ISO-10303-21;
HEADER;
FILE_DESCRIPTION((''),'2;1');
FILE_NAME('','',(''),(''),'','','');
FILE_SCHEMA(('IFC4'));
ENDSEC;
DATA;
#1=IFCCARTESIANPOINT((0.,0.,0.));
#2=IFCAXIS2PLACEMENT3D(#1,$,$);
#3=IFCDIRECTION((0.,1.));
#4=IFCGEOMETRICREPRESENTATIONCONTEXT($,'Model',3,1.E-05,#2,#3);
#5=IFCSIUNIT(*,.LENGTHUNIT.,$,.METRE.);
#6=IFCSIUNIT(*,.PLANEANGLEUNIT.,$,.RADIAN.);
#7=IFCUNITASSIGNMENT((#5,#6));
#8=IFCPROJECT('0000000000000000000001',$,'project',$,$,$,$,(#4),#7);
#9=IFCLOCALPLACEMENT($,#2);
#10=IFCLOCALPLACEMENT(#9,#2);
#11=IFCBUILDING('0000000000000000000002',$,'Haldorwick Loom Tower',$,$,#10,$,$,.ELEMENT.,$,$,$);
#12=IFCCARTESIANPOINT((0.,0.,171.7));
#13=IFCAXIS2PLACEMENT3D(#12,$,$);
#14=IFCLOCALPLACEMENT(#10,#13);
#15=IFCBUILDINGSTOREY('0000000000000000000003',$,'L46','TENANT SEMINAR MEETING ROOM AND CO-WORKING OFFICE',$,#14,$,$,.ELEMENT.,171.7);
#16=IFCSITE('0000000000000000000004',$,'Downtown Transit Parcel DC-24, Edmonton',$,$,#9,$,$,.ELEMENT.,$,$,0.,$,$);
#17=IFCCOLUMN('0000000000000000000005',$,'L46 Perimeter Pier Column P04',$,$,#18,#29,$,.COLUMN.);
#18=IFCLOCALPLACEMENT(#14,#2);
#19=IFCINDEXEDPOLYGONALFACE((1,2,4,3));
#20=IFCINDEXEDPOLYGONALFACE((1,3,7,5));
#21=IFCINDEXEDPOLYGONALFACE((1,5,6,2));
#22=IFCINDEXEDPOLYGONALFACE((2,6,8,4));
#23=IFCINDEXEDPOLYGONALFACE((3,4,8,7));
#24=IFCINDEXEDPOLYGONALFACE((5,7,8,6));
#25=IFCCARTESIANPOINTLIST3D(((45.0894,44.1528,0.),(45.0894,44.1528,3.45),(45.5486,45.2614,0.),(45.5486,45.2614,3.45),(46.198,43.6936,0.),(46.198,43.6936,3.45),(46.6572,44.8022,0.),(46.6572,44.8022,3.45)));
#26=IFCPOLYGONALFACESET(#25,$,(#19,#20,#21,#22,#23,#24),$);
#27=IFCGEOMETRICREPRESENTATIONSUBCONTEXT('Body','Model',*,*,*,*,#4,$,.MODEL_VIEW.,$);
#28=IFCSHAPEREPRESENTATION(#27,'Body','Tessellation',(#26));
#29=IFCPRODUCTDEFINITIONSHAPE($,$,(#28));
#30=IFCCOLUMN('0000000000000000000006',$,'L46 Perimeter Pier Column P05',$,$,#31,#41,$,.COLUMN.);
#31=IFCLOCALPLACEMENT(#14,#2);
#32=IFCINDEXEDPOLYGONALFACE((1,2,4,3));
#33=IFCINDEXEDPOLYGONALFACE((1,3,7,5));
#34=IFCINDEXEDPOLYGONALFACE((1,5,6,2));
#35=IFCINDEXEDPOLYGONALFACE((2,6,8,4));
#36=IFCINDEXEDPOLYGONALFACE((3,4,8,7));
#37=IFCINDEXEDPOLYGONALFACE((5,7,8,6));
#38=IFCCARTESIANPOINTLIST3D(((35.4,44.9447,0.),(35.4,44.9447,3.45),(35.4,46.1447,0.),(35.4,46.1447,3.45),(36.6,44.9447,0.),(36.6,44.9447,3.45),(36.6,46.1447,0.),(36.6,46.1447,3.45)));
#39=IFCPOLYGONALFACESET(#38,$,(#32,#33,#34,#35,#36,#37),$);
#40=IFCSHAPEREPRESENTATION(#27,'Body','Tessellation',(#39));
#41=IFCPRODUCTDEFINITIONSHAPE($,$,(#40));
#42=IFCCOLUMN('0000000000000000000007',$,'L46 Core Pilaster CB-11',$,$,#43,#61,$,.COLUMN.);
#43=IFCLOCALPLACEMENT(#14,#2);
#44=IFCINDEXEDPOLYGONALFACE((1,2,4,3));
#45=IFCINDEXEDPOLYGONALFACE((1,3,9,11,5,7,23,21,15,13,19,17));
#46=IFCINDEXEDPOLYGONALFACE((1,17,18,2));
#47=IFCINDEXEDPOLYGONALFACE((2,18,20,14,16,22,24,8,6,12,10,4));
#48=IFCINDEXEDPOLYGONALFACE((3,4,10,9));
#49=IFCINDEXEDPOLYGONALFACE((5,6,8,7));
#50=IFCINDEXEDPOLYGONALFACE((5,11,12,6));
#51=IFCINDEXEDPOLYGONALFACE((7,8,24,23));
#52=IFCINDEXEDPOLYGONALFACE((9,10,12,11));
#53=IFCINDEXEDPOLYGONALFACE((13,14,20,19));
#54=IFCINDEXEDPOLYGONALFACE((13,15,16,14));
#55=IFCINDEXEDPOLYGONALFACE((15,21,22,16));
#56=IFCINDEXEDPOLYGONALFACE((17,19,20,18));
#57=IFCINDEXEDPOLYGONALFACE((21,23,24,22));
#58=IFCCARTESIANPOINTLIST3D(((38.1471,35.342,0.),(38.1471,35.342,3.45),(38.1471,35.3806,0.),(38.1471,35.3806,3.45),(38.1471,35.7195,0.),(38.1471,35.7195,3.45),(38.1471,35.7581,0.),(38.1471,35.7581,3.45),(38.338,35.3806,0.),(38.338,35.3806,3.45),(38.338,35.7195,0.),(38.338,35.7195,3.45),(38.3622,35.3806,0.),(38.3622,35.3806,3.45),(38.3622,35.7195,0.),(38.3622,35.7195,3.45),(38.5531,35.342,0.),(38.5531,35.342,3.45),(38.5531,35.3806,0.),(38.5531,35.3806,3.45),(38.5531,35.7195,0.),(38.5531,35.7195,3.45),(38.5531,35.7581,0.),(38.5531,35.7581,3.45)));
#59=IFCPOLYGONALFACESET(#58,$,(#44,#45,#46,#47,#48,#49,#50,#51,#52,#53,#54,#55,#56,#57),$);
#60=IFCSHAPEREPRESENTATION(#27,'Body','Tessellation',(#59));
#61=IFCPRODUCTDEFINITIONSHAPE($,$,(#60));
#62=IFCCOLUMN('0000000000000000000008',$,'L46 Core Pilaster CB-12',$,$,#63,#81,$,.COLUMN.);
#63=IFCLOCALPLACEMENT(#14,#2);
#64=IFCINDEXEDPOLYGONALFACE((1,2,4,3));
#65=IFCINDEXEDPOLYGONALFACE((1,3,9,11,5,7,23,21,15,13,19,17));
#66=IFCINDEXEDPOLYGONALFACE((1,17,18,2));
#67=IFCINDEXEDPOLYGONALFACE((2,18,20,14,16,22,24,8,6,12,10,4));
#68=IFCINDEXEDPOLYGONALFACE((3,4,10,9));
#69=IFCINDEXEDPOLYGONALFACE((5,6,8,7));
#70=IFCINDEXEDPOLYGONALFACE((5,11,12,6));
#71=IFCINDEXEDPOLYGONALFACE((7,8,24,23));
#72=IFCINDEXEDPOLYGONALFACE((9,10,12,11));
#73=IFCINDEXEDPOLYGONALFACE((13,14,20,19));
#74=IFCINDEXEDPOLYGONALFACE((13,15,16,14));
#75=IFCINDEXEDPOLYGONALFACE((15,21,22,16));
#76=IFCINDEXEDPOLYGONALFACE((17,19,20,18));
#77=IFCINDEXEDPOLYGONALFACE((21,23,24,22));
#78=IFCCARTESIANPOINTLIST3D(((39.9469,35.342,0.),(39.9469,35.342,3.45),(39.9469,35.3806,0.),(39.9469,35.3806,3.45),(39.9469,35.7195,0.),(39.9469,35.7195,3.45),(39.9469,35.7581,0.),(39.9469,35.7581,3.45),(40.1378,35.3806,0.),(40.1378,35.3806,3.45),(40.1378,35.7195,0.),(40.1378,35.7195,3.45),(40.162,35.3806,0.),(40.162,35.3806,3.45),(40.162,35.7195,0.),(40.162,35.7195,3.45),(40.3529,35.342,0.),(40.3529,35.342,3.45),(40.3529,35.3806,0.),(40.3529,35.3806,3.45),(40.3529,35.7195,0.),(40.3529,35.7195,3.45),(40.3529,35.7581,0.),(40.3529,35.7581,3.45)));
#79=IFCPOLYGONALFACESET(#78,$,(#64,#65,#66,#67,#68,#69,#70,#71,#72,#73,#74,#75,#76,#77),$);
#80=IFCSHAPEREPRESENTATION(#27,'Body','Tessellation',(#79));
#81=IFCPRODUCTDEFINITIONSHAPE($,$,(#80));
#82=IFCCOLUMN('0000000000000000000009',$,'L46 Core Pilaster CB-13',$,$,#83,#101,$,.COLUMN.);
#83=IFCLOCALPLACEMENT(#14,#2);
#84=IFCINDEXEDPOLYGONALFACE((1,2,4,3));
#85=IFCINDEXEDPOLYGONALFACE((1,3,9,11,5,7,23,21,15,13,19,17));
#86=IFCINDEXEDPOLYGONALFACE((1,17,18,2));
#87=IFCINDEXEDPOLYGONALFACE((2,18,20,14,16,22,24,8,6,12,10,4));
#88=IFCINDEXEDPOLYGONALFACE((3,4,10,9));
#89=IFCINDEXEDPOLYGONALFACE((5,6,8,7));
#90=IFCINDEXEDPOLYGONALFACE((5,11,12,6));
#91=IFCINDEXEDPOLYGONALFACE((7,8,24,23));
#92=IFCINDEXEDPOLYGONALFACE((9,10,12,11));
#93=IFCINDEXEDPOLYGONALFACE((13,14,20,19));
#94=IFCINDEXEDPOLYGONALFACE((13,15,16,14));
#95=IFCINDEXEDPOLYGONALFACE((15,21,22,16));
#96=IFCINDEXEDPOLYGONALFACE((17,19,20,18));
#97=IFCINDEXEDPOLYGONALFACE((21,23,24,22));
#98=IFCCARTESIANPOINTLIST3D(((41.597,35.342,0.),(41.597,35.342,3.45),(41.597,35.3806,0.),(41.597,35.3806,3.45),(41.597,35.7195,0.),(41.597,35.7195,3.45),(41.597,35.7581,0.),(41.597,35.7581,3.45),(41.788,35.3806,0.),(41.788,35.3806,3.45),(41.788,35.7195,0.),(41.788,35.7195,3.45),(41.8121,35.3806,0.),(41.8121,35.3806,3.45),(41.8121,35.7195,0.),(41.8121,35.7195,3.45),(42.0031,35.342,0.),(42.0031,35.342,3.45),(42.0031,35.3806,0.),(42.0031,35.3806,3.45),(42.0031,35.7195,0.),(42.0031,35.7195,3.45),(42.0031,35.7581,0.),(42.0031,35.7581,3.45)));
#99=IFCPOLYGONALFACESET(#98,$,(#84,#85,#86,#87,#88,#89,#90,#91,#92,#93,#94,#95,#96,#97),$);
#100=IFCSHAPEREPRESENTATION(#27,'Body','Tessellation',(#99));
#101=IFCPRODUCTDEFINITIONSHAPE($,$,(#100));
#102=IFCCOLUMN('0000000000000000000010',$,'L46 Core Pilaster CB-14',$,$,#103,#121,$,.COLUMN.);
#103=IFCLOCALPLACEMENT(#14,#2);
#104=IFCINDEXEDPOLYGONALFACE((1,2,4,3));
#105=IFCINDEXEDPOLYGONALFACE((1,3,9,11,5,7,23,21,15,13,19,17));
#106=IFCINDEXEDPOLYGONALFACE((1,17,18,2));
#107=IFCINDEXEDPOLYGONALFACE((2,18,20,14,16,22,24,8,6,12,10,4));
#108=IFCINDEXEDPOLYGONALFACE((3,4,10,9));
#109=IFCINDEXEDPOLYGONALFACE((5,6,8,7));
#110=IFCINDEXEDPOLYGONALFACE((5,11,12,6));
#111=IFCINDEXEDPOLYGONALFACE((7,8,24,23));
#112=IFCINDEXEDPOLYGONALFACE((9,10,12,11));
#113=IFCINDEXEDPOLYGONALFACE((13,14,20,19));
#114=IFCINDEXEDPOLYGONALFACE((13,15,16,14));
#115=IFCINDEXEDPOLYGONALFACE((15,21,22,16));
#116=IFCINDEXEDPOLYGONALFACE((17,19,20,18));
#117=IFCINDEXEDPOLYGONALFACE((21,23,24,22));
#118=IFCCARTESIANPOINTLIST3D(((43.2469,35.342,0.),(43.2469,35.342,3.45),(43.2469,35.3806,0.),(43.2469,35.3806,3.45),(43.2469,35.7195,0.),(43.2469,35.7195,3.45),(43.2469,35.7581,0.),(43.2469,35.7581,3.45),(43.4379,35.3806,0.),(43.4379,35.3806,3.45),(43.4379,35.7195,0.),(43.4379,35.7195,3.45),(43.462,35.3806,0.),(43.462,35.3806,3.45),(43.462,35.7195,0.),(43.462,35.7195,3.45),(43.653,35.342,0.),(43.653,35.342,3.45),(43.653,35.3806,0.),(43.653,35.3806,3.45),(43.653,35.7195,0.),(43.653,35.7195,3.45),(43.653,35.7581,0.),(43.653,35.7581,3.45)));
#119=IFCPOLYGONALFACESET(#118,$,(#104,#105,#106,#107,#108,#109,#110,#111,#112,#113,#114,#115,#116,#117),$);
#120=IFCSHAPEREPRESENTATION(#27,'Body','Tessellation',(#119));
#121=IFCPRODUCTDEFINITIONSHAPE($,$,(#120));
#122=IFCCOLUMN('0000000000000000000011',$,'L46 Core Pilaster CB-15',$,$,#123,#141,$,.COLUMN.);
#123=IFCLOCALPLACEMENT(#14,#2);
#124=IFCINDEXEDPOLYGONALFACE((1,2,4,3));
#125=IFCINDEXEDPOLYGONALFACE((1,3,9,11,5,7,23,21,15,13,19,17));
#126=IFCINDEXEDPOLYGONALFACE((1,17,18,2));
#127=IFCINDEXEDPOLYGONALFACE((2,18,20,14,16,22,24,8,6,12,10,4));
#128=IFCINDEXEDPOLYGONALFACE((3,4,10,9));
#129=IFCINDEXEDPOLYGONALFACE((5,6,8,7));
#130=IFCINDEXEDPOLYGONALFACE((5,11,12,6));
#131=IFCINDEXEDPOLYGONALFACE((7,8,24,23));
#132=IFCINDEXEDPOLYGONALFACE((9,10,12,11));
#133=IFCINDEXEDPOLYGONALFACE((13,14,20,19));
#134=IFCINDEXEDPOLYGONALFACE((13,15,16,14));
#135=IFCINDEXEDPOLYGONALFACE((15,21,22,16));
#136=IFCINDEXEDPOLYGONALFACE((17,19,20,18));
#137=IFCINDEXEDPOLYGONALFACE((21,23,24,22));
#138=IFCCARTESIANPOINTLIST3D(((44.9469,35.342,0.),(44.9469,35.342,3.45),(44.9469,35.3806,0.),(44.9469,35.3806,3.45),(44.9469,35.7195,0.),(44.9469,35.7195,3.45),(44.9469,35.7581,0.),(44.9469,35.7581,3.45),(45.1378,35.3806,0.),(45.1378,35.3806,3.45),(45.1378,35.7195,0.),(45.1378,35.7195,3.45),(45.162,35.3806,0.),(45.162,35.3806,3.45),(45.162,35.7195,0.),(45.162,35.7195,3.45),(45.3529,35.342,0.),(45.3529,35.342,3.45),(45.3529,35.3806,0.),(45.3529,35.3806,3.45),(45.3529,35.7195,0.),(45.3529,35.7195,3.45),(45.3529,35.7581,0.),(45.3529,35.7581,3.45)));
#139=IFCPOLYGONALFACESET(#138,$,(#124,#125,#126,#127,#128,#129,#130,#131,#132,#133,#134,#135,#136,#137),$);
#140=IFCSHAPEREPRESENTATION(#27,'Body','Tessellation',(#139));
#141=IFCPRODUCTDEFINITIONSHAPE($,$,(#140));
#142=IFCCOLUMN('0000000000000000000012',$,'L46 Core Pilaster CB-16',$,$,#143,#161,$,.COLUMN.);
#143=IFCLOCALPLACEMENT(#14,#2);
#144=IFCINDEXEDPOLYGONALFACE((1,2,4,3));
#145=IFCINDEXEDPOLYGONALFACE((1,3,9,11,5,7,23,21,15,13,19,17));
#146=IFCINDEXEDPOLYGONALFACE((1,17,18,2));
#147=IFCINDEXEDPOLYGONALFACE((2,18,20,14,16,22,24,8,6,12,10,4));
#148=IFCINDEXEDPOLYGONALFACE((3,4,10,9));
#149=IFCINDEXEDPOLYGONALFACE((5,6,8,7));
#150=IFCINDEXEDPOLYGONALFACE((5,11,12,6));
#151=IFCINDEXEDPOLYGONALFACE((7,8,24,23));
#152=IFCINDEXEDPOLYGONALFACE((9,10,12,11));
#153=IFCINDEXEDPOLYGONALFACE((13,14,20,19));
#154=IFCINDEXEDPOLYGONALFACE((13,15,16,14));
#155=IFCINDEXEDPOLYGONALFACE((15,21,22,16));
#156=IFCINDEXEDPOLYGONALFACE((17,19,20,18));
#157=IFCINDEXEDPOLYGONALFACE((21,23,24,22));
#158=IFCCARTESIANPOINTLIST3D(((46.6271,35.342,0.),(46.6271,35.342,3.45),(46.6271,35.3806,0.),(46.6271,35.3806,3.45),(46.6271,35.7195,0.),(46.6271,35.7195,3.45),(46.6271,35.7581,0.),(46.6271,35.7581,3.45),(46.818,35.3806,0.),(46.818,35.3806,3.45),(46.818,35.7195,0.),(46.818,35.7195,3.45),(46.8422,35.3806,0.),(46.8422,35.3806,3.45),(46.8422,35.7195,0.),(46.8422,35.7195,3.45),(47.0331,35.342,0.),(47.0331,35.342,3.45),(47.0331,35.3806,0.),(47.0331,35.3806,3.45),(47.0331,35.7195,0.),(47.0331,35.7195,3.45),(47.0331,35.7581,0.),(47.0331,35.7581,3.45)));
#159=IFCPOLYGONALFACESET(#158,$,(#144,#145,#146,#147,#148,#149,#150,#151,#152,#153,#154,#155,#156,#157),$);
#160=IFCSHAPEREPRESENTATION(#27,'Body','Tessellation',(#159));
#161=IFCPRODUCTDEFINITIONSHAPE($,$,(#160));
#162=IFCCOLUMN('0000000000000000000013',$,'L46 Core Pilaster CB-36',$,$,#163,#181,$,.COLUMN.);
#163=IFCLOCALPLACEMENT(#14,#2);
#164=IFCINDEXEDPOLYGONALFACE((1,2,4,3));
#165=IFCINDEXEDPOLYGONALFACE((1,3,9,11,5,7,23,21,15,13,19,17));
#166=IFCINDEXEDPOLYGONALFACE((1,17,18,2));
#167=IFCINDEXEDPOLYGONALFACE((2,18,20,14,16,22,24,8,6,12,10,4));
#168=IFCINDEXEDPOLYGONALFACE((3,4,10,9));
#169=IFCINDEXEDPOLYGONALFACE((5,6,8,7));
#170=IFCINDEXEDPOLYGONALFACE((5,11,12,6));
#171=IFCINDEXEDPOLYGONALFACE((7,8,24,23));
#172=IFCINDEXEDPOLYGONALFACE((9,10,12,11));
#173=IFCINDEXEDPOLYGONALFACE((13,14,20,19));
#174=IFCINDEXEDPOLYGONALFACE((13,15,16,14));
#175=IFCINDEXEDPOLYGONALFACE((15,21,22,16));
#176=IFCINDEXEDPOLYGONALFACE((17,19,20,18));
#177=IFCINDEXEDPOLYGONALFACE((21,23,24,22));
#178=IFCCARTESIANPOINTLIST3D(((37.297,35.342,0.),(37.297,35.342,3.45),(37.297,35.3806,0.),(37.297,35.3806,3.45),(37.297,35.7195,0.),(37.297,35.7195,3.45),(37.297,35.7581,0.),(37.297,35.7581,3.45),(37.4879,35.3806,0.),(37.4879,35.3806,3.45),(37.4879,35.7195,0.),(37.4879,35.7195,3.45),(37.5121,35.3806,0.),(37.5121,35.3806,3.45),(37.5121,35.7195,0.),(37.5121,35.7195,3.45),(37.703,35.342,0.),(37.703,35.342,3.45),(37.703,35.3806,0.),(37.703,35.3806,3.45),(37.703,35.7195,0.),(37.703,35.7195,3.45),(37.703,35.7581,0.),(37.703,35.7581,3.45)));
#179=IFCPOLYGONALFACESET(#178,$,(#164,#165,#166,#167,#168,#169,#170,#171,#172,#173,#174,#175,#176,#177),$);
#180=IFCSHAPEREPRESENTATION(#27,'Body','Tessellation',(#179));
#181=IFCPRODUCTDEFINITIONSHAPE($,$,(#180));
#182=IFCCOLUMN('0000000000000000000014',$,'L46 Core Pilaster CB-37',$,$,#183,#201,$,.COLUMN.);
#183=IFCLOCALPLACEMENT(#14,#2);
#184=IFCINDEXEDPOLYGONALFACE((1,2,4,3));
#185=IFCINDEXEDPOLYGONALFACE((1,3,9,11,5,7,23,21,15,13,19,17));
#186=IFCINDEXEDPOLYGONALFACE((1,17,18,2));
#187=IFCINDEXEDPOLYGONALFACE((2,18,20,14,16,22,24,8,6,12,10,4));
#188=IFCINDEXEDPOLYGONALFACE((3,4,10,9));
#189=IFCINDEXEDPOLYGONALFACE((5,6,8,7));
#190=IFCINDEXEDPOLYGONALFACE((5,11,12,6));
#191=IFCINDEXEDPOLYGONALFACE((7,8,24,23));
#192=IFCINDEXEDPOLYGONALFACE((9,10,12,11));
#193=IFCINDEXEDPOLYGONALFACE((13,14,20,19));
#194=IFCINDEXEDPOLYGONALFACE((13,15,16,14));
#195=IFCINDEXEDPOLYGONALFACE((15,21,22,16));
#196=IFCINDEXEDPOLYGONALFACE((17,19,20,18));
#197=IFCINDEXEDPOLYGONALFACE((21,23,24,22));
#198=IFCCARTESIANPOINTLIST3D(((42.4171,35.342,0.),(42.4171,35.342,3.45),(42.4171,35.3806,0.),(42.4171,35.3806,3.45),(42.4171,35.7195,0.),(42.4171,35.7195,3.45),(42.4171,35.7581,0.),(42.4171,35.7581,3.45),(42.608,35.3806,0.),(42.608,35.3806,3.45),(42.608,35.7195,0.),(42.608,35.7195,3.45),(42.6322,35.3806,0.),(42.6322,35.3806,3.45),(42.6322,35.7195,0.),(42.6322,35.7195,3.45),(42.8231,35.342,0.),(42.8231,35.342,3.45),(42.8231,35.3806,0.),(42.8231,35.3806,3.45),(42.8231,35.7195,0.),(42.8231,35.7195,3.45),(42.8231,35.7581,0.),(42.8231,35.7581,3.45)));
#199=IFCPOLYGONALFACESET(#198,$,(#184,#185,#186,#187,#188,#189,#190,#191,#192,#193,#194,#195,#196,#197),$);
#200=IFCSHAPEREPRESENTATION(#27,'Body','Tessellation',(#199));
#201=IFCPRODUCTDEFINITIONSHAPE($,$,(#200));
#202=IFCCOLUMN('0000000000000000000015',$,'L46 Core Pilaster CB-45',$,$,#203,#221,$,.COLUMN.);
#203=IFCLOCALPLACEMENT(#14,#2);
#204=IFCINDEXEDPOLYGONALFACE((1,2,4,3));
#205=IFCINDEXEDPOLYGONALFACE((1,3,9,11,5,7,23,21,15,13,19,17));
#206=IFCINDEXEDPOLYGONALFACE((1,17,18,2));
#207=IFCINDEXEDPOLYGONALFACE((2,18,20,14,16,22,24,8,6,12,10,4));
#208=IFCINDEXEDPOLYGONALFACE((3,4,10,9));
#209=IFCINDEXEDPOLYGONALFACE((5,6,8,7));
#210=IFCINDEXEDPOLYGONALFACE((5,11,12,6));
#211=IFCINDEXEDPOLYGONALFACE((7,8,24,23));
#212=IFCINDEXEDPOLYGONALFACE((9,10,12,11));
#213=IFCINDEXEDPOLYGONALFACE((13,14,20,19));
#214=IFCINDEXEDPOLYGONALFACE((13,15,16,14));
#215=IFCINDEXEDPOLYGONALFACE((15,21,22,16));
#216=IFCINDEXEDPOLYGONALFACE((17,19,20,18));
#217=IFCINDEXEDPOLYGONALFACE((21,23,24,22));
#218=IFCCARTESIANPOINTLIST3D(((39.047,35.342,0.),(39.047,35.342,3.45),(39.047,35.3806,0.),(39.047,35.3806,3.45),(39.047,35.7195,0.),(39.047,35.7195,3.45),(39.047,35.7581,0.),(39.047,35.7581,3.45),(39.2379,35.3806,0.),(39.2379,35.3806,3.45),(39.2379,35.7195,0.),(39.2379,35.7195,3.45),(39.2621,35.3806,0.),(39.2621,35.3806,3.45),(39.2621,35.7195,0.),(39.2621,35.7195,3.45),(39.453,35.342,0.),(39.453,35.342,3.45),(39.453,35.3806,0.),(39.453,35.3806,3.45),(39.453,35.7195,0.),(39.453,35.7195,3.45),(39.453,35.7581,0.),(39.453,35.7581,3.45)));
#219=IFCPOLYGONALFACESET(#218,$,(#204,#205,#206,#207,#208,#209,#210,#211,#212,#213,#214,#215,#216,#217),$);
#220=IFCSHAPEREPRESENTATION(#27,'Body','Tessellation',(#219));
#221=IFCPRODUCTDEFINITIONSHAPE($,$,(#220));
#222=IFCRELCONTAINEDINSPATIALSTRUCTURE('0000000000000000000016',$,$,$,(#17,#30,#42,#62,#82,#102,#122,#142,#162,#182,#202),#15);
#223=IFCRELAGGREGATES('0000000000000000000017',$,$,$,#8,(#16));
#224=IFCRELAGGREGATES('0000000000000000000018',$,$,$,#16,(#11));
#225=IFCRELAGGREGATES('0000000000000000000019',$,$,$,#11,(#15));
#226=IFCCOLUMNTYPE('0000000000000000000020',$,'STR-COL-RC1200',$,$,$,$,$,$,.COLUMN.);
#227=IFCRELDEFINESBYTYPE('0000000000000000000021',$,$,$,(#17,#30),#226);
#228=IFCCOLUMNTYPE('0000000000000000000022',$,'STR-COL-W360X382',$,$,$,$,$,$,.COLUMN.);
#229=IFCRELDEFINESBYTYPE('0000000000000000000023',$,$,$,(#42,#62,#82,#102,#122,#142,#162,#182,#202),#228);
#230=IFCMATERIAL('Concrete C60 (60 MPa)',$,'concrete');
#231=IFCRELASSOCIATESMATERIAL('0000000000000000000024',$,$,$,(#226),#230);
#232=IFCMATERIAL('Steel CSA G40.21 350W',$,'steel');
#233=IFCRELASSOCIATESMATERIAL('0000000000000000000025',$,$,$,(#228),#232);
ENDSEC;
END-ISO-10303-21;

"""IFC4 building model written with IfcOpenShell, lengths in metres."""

from ifc_helpers import new_model, si_unit, direction, frame, origin, origin_2d, place, context, subcontext, project, spatial, rectangle, i_section, extrude, material, material_profile, profile_set, type_object, element, save


model = new_model("IFC4")

# Units and contexts
model_context = context("Model", 3, precision=1e-05, world=origin(), true_north=direction((0.0, 1.0)))
body_context = subcontext(model_context, "Body", "Model", "MODEL_VIEW")
ifc_project = project(units=[si_unit("LENGTHUNIT", "METRE"), si_unit("PLANEANGLEUNIT", "RADIAN")], contexts=[model_context])

# Site, building, storey
site_placement = place(None, origin())
site = spatial("IfcSite", under=ifc_project, at=site_placement, Name="Downtown Transit Parcel DC-24, Edmonton", CompositionType="ELEMENT", RefElevation=0.0)
building_placement = place(site_placement, origin())
building = spatial("IfcBuilding", under=site, at=building_placement, Name="Haldorwick Loom Tower", CompositionType="ELEMENT")
storey_placement = place(building_placement, frame((0.0, 0.0, 171.7)))
storey = spatial("IfcBuildingStorey", under=building, at=storey_placement, Name="L46", Description="TENANT SEMINAR MEETING ROOM AND CO-WORKING OFFICE", CompositionType="ELEMENT", Elevation=171.7)

# Columns
ifc_material_1 = material(Name="Concrete C60 (60 MPa)", Category="concrete")
ifc_material_profile_1 = material_profile(ifc_material_1, rectangle(XDim=1.2, YDim=1.2, at=origin_2d()), Name="RC1200X1200", Category="concrete")
ifc_profile_set_1 = profile_set([ifc_material_profile_1], Name="Concrete C60 (60 MPa)")
column_type_1 = type_object("IfcColumnType", Name="STR-COL-RC1200", PredefinedType="COLUMN", material=ifc_profile_set_1)
for number, where, z_axis, x_axis, name in (
    (1, (45.8733, 44.4775, 0.0), (0.0, 0.0, 1.0), (0.382683, 0.92388, 0.0), "L46 Perimeter Pier Column P04"),
    (2, (36.0, 45.5447, 0.0), (0.0, 0.0, 1.0), (0.0, 1.0, 0.0), "L46 Perimeter Pier Column P05"),
):
    element("IfcColumn", number, at=place(storey_placement, frame(where, z_axis=z_axis, x_axis=x_axis)), inside=storey, type_object=column_type_1, Name=name, PredefinedType="COLUMN", context=body_context, shape_type="SweptSolid", body=[
        extrude(rectangle(XDim=1.2, YDim=1.2, at=origin_2d()), origin(), (0.0, 0.0, 1.0), 3.45),
    ])
ifc_material_2 = material(Name="Steel CSA G40.21 350W", Category="steel")
ifc_material_profile_2 = material_profile(ifc_material_2, i_section(OverallWidth=0.406, OverallDepth=0.416, WebThickness=0.0242, FlangeThickness=0.0386, at=origin_2d()), Name="W360X382", Category="steel")
ifc_profile_set_2 = profile_set([ifc_material_profile_2], Name="Steel CSA G40.21 350W")
column_type_2 = type_object("IfcColumnType", Name="STR-COL-W360X382", PredefinedType="COLUMN", material=ifc_profile_set_2)
for number, where, z_axis, x_axis, name in (
    (3, (38.3501, 35.55, 0.0), (0.0, 0.0, 1.0), (1.0, 0.0, 0.0), "L46 Core Pilaster CB-11"),
    (4, (40.1499, 35.55, 0.0), (0.0, 0.0, 1.0), (1.0, 0.0, 0.0), "L46 Core Pilaster CB-12"),
    (5, (41.8, 35.55, 0.0), (0.0, 0.0, 1.0), (1.0, 0.0, 0.0), "L46 Core Pilaster CB-13"),
    (6, (43.45, 35.55, 0.0), (0.0, 0.0, 1.0), (1.0, 0.0, 0.0), "L46 Core Pilaster CB-14"),
    (7, (45.1499, 35.55, 0.0), (0.0, 0.0, 1.0), (1.0, 0.0, 0.0), "L46 Core Pilaster CB-15"),
    (8, (46.8301, 35.55, 0.0), (0.0, 0.0, 1.0), (1.0, 0.0, 0.0), "L46 Core Pilaster CB-16"),
    (9, (37.5, 35.55, 0.0), (0.0, 0.0, 1.0), (1.0, 0.0, 0.0), "L46 Core Pilaster CB-36"),
    (10, (42.6201, 35.55, 0.0), (0.0, 0.0, 1.0), (1.0, 0.0, 0.0), "L46 Core Pilaster CB-37"),
    (11, (39.25, 35.55, 0.0), (0.0, 0.0, 1.0), (1.0, 0.0, 0.0), "L46 Core Pilaster CB-45"),
):
    element("IfcColumn", number, at=place(storey_placement, frame(where, z_axis=z_axis, x_axis=x_axis)), inside=storey, type_object=column_type_2, Name=name, PredefinedType="COLUMN", context=body_context, shape_type="SweptSolid", body=[
        extrude(i_section(OverallWidth=0.406, OverallDepth=0.416, WebThickness=0.0242, FlangeThickness=0.0386, at=origin_2d()), origin(), (0.0, 0.0, 1.0), 3.45),
    ])

save(model, "model.ifc")
